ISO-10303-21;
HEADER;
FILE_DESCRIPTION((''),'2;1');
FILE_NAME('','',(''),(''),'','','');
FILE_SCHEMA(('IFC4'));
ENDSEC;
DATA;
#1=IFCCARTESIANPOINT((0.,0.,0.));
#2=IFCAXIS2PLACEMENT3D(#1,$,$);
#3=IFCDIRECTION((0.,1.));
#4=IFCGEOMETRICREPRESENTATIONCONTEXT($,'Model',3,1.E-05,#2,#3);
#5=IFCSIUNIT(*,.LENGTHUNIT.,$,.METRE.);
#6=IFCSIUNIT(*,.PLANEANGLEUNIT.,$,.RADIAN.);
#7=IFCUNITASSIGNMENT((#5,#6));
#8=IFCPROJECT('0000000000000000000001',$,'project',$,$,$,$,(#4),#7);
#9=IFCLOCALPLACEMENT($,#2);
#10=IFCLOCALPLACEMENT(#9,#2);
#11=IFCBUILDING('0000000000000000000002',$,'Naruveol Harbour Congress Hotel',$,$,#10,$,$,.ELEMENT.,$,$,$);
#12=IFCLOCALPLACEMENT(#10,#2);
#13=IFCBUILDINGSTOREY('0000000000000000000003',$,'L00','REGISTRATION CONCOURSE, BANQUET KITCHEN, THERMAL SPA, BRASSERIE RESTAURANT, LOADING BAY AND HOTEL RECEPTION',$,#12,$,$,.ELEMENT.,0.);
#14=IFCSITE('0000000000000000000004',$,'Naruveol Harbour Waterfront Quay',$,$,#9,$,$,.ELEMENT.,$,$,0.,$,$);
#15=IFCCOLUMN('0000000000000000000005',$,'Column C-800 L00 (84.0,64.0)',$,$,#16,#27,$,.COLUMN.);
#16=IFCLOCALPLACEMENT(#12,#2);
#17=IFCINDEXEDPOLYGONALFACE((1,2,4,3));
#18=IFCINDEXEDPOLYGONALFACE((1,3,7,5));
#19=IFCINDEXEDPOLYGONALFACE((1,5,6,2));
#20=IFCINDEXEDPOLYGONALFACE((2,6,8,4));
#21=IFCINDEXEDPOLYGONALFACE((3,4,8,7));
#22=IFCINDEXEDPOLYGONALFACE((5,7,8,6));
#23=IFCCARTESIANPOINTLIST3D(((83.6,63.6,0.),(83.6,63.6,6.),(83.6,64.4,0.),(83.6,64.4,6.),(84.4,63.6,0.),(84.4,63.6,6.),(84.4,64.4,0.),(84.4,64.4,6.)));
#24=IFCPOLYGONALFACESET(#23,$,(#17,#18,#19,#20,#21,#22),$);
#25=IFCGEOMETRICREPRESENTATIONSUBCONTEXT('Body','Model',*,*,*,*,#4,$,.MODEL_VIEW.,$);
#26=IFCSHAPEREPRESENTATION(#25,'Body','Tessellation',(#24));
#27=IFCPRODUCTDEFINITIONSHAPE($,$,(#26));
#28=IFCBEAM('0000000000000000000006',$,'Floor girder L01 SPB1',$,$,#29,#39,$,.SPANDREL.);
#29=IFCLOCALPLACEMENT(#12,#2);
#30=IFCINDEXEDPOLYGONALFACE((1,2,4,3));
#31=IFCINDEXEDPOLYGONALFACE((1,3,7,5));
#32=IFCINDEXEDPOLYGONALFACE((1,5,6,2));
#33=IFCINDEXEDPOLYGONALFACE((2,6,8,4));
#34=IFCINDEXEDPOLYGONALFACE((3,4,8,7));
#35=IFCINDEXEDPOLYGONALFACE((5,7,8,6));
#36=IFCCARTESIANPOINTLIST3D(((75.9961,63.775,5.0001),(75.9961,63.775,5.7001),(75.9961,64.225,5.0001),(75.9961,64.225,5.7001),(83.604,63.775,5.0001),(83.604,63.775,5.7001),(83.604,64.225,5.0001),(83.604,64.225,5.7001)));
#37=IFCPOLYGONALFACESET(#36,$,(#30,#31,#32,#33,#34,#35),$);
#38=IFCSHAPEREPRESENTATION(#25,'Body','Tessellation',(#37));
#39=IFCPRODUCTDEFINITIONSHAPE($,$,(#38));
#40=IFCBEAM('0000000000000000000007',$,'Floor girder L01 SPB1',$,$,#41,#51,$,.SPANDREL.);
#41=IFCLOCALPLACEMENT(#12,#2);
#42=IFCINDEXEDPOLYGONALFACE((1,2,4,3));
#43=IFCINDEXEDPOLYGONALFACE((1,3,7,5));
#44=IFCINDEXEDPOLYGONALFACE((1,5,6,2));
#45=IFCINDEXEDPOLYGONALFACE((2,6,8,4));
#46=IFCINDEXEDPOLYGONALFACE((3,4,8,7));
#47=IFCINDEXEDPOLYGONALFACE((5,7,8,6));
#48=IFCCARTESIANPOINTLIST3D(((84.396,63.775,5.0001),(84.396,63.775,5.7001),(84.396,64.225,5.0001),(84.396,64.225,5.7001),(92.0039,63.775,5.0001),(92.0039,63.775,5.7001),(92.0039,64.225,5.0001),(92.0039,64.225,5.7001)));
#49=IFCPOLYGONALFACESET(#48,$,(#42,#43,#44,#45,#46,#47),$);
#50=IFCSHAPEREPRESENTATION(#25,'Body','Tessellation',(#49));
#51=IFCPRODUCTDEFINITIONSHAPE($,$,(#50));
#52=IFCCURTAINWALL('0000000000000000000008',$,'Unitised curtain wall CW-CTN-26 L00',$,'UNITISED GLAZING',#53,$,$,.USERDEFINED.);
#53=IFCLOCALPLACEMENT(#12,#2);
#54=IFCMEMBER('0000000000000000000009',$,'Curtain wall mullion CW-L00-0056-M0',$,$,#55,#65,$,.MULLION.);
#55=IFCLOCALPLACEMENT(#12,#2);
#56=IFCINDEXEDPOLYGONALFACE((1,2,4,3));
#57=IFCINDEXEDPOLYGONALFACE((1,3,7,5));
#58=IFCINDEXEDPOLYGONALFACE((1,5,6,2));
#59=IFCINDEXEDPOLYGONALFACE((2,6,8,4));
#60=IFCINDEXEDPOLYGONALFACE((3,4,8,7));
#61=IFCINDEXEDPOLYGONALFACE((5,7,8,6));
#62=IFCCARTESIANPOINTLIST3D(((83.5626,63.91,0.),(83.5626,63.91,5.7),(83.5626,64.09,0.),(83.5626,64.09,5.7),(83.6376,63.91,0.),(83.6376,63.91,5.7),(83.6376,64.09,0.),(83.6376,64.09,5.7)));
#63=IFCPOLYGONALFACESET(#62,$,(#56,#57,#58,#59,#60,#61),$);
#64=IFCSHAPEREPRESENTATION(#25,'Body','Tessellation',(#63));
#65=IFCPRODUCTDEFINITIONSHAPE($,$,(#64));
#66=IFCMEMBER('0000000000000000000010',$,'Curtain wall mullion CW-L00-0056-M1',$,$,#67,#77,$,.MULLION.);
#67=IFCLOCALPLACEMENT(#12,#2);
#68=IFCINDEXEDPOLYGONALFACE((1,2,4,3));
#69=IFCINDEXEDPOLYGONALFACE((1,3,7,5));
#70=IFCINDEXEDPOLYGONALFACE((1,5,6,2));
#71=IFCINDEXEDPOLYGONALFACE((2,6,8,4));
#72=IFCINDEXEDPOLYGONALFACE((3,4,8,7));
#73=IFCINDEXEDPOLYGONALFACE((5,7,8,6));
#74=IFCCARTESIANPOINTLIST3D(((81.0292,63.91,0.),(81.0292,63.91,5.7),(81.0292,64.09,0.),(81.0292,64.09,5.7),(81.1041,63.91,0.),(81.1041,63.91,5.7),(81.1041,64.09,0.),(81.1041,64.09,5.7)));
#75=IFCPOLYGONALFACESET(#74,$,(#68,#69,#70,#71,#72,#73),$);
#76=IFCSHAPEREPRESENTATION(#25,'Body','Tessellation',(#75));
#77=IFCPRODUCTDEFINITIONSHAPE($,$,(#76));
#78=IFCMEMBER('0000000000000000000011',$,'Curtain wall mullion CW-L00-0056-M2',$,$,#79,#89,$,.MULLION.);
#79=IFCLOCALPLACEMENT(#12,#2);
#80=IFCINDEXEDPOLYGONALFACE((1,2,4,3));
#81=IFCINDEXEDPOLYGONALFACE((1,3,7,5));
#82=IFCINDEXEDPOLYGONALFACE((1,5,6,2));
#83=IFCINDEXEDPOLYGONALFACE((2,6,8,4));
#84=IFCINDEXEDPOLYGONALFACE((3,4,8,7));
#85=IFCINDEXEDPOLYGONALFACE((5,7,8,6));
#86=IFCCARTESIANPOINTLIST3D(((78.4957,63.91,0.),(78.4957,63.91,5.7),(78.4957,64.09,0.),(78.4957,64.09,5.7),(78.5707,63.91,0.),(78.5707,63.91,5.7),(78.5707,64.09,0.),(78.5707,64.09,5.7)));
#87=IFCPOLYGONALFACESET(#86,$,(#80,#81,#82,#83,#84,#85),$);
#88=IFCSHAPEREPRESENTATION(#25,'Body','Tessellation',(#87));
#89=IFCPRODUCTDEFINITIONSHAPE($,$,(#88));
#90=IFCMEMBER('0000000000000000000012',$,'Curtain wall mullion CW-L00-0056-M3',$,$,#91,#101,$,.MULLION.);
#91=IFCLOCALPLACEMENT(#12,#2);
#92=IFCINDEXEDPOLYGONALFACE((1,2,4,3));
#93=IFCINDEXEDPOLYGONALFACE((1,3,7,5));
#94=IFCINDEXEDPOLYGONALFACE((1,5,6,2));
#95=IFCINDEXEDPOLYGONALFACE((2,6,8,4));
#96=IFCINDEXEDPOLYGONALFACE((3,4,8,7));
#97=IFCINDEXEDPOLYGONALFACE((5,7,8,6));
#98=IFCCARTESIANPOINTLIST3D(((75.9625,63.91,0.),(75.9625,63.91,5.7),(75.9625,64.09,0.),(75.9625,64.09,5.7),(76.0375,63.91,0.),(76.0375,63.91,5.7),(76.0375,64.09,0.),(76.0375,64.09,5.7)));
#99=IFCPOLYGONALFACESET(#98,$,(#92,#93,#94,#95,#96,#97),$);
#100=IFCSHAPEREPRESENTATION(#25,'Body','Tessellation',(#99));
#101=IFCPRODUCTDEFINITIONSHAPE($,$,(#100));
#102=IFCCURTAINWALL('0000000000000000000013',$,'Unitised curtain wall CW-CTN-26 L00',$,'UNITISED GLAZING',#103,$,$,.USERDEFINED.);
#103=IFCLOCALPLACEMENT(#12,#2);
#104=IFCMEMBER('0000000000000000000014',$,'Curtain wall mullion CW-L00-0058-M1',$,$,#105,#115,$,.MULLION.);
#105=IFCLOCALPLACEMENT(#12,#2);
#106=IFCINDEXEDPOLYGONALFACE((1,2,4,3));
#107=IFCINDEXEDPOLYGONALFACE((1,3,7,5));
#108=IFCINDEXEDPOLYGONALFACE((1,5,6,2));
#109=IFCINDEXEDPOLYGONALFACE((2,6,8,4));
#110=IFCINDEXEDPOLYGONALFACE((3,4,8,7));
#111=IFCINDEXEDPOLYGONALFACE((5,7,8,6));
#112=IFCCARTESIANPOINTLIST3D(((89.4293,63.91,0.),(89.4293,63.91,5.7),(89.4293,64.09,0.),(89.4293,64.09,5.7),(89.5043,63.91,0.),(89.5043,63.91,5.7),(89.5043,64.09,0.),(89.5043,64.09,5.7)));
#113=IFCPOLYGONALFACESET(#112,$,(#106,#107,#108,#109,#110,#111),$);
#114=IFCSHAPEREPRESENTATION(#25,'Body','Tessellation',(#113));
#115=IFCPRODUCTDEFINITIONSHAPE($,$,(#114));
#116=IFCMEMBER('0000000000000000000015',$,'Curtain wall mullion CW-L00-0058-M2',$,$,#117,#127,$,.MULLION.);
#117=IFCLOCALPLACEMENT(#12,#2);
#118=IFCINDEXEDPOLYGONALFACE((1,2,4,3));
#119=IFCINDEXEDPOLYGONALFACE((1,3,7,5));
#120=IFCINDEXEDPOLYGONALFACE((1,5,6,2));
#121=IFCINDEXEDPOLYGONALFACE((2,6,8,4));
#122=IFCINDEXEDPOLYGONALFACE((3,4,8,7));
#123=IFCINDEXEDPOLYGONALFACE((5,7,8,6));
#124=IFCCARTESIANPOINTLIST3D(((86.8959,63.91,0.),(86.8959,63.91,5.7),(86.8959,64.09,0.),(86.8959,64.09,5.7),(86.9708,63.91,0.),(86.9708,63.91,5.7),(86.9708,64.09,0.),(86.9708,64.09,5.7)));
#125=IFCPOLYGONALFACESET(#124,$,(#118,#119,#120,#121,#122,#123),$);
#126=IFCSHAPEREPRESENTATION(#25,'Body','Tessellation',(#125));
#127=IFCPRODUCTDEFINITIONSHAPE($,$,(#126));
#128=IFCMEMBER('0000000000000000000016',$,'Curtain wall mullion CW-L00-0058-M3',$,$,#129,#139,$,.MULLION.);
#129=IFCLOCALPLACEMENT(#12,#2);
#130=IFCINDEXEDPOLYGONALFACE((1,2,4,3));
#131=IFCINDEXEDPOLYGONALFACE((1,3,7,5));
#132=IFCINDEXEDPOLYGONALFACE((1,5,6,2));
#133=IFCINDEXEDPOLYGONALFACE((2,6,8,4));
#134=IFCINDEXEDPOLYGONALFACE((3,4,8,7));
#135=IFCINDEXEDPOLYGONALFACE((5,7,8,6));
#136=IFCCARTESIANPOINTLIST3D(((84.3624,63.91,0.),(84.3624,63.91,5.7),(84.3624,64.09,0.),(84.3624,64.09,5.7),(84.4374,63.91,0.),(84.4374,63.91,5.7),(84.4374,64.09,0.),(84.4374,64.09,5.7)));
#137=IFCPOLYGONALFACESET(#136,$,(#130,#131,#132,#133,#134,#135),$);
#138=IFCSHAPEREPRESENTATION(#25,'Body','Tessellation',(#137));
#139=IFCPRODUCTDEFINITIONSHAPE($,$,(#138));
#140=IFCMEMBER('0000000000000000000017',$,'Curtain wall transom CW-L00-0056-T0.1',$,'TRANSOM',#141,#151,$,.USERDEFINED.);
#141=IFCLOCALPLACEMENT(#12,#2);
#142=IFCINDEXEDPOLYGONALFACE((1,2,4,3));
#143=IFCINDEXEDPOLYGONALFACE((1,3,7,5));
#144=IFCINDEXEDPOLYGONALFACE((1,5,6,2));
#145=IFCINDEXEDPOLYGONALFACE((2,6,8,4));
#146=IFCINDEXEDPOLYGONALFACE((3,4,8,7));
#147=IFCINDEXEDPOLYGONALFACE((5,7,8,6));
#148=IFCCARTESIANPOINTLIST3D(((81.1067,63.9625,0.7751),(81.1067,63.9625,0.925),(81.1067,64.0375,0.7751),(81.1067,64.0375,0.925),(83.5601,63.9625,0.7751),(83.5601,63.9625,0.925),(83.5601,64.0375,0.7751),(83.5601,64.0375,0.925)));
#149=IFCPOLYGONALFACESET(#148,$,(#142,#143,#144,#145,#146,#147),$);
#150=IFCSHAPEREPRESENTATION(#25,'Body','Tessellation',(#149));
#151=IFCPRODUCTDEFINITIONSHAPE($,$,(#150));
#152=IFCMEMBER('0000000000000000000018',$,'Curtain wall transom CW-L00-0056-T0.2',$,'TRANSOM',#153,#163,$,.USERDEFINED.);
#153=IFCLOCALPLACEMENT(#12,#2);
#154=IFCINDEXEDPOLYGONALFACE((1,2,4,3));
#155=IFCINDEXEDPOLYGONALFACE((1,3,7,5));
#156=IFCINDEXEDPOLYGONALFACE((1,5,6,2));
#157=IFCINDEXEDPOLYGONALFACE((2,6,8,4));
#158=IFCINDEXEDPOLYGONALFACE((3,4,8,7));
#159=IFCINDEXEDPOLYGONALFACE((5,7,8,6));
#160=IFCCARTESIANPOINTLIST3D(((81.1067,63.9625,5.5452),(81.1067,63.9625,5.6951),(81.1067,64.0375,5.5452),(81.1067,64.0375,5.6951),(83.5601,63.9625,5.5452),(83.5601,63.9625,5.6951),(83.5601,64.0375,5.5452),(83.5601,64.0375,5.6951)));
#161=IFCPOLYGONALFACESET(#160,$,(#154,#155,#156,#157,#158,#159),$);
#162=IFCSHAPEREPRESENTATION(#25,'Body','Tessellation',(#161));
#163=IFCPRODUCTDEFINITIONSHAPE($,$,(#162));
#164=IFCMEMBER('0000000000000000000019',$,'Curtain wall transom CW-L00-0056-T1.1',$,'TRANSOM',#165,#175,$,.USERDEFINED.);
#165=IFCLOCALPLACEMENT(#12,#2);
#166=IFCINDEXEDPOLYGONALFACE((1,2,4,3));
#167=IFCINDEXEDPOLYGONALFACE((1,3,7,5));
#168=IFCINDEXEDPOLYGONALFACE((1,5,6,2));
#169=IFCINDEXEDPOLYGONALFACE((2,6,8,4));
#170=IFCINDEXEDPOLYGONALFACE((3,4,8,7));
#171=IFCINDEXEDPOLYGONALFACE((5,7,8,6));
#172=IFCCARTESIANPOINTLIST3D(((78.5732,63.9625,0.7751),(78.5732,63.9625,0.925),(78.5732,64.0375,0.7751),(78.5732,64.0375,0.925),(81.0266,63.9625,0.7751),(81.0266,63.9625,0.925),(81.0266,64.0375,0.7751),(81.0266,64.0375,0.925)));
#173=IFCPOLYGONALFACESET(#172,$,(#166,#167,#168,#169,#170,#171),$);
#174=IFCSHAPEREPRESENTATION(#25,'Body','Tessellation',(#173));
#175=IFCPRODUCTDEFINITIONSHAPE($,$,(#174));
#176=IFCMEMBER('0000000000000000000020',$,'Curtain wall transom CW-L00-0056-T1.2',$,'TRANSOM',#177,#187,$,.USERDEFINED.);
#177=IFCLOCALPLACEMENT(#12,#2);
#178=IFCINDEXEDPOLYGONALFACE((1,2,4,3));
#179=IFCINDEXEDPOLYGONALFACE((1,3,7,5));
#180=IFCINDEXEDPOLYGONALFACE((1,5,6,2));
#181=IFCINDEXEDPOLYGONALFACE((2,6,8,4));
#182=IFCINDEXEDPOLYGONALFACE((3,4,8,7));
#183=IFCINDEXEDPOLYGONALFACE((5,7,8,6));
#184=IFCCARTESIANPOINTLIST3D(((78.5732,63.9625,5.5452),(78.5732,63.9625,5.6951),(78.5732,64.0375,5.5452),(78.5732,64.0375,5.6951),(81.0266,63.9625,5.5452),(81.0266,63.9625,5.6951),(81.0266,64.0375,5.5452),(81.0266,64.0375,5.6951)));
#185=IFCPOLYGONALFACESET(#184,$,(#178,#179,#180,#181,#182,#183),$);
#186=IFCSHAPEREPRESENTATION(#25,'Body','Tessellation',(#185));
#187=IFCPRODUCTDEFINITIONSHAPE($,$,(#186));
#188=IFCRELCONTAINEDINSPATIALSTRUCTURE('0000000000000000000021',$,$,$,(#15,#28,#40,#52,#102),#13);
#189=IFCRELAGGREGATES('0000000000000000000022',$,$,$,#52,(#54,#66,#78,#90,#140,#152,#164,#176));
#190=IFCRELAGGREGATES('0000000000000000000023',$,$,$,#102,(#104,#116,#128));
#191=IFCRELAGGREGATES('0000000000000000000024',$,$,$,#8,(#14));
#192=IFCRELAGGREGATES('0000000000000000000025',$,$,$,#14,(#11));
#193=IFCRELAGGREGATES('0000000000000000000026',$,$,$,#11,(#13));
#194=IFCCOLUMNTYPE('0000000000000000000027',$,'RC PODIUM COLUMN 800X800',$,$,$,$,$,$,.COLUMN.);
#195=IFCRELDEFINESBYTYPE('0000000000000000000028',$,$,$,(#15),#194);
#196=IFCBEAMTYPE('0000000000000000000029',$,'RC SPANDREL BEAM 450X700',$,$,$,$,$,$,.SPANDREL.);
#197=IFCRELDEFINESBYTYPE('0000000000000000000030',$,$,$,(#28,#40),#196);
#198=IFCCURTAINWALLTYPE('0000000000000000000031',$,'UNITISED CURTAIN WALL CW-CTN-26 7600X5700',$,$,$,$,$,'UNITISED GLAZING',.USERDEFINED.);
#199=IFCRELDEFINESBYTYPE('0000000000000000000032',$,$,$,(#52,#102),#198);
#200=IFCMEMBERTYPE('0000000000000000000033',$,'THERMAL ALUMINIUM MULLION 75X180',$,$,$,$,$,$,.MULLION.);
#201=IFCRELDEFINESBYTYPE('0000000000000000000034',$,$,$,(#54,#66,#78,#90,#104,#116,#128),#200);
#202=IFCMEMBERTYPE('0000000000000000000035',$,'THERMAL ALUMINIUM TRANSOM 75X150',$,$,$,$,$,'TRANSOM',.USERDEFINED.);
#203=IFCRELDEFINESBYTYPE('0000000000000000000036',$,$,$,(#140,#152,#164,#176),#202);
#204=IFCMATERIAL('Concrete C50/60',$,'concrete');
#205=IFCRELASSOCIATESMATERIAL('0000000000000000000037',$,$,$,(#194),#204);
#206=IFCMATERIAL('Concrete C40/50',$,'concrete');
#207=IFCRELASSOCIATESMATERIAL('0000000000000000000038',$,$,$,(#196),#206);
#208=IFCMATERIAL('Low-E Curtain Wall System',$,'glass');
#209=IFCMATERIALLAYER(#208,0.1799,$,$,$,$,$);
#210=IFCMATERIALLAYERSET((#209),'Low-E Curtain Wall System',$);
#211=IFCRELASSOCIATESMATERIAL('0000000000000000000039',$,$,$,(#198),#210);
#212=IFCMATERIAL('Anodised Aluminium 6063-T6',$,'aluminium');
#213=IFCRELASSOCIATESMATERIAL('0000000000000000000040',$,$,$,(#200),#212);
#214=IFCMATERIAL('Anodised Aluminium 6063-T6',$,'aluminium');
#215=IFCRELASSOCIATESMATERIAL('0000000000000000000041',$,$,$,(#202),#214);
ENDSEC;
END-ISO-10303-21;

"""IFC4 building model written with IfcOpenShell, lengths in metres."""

from ifc_helpers import new_model, si_unit, direction, frame, origin, origin_2d, place, context, subcontext, project, spatial, rectangle, extrude, material, layer, layer_set, material_profile, profile_set, type_object, element, aggregate, save


model = new_model("IFC4")

# Units and contexts
model_context = context("Model", 3, precision=1e-05, world=origin(), true_north=direction((0.0, 1.0)))
body_context = subcontext(model_context, "Body", "Model", "MODEL_VIEW")
ifc_project = project(units=[si_unit("LENGTHUNIT", "METRE"), si_unit("PLANEANGLEUNIT", "RADIAN")], contexts=[model_context])

# Site, building, storey
site_placement = place(None, origin())
site = spatial("IfcSite", under=ifc_project, at=site_placement, Name="Naruveol Harbour Waterfront Quay", CompositionType="ELEMENT", RefElevation=0.0)
building_placement = place(site_placement, origin())
building = spatial("IfcBuilding", under=site, at=building_placement, Name="Naruveol Harbour Congress Hotel", CompositionType="ELEMENT")
storey_placement = place(building_placement, origin())
storey = spatial("IfcBuildingStorey", under=building, at=storey_placement, Name="L00", Description="REGISTRATION CONCOURSE, BANQUET KITCHEN, THERMAL SPA, BRASSERIE RESTAURANT, LOADING BAY AND HOTEL RECEPTION", CompositionType="ELEMENT", Elevation=0.0)

# Column
ifc_material_1 = material(Name="Concrete C50/60", Category="concrete")
ifc_material_profile_1 = material_profile(ifc_material_1, rectangle(XDim=0.8, YDim=0.8, at=origin_2d()), Name="RC-800x800")
ifc_profile_set_1 = profile_set([ifc_material_profile_1], Name="Concrete C50/60")
column_type = type_object("IfcColumnType", Name="RC PODIUM COLUMN 800X800", PredefinedType="COLUMN", material=ifc_profile_set_1)
column_placement = place(storey_placement, frame((84.0, 64.0, 0.0), z_axis=(0.0, 0.0, 1.0), x_axis=(1.0, 0.0, 0.0)))
element("IfcColumn", 1, at=column_placement, inside=storey, type_object=column_type, Name="Column C-800 L00 (84.0,64.0)", PredefinedType="COLUMN", context=body_context, shape_type="SweptSolid", body=[
    extrude(rectangle(XDim=0.8, YDim=0.8, at=origin_2d()), origin(), (0.0, 0.0, 1.0), 6.0),
])

# Beams
ifc_material_2 = material(Name="Concrete C40/50", Category="concrete")
ifc_material_profile_2 = material_profile(ifc_material_2, rectangle(XDim=0.45, YDim=0.7, at=origin_2d()), Name="RCB-450x700")
ifc_profile_set_2 = profile_set([ifc_material_profile_2], Name="Concrete C40/50")
beam_type = type_object("IfcBeamType", Name="RC SPANDREL BEAM 450X700", PredefinedType="SPANDREL", material=ifc_profile_set_2)
for number, where, z_axis, x_axis, name in (
    (2, (75.9961, 64.0, 5.3501), (1.0, 0.0, 0.0), (0.0, 1.0, 0.0), "Floor girder L01 SPB1"),
    (3, (84.396, 64.0, 5.3501), (1.0, 0.0, 0.0), (0.0, 1.0, 0.0), "Floor girder L01 SPB1"),
):
    element("IfcBeam", number, at=place(storey_placement, frame(where, z_axis=z_axis, x_axis=x_axis)), inside=storey, type_object=beam_type, Name=name, PredefinedType="SPANDREL", context=body_context, shape_type="SweptSolid", body=[
        extrude(rectangle(XDim=0.45, YDim=0.7, at=origin_2d()), origin(), (0.0, 0.0, 1.0), 7.6079),
    ])

# Curtain walls, members
ifc_material_3 = material(Name="Low-E Curtain Wall System", Category="glass")
ifc_layer_1 = layer(ifc_material_3, 0.1799)
ifc_layer_set_1 = layer_set([ifc_layer_1], Name="Low-E Curtain Wall System")
curtain_wall_type = type_object("IfcCurtainWallType", Name="UNITISED CURTAIN WALL CW-CTN-26 7600X5700", ElementType="UNITISED GLAZING", PredefinedType="USERDEFINED", material=ifc_layer_set_1)
curtain_wall_1_placement = place(storey_placement, origin())
curtain_wall_1 = element("IfcCurtainWall", 4, at=curtain_wall_1_placement, inside=storey, type_object=curtain_wall_type, Name="Unitised curtain wall CW-CTN-26 L00", ObjectType="UNITISED GLAZING", PredefinedType="USERDEFINED")
ifc_material_4 = material(Name="Anodised Aluminium 6063-T6", Category="aluminium")
ifc_material_profile_3 = material_profile(ifc_material_4, rectangle(XDim=0.075, YDim=0.1799, at=origin_2d()), Name="ALU-75x180")
ifc_profile_set_3 = profile_set([ifc_material_profile_3], Name="Anodised Aluminium 6063-T6")
member_type_1 = type_object("IfcMemberType", Name="THERMAL ALUMINIUM MULLION 75X180", PredefinedType="MULLION", material=ifc_profile_set_3)
member_1_placement = place(storey_placement, frame((83.6001, 64.0, 0.0), z_axis=(0.0, 0.0, 1.0), x_axis=(1.0, 0.0, 0.0)))
member_1 = element("IfcMember", 5, at=member_1_placement, type_object=member_type_1, Name="Curtain wall mullion CW-L00-0056-M0", PredefinedType="MULLION", context=body_context, shape_type="SweptSolid", body=[
    extrude(rectangle(XDim=0.075, YDim=0.1799, at=origin_2d()), origin(), (0.0, 0.0, 1.0), 5.7),
])
member_2_placement = place(storey_placement, frame((81.0667, 64.0, 0.0), z_axis=(0.0, 0.0, 1.0), x_axis=(1.0, 0.0, 0.0)))
member_2 = element("IfcMember", 6, at=member_2_placement, type_object=member_type_1, Name="Curtain wall mullion CW-L00-0056-M1", PredefinedType="MULLION", context=body_context, shape_type="SweptSolid", body=[
    extrude(rectangle(XDim=0.075, YDim=0.1799, at=origin_2d()), origin(), (0.0, 0.0, 1.0), 5.7),
])
member_3_placement = place(storey_placement, frame((78.5332, 64.0, 0.0), z_axis=(0.0, 0.0, 1.0), x_axis=(1.0, 0.0, 0.0)))
member_3 = element("IfcMember", 7, at=member_3_placement, type_object=member_type_1, Name="Curtain wall mullion CW-L00-0056-M2", PredefinedType="MULLION", context=body_context, shape_type="SweptSolid", body=[
    extrude(rectangle(XDim=0.075, YDim=0.1799, at=origin_2d()), origin(), (0.0, 0.0, 1.0), 5.7),
])
member_4_placement = place(storey_placement, frame((76.0, 64.0, 0.0), z_axis=(0.0, 0.0, 1.0), x_axis=(1.0, 0.0, 0.0)))
member_4 = element("IfcMember", 8, at=member_4_placement, type_object=member_type_1, Name="Curtain wall mullion CW-L00-0056-M3", PredefinedType="MULLION", context=body_context, shape_type="SweptSolid", body=[
    extrude(rectangle(XDim=0.075, YDim=0.1799, at=origin_2d()), origin(), (0.0, 0.0, 1.0), 5.7),
])
curtain_wall_2_placement = place(storey_placement, origin())
curtain_wall_2 = element("IfcCurtainWall", 9, at=curtain_wall_2_placement, inside=storey, type_object=curtain_wall_type, Name="Unitised curtain wall CW-CTN-26 L00", ObjectType="UNITISED GLAZING", PredefinedType="USERDEFINED")
member_5_placement = place(storey_placement, frame((89.4668, 64.0, 0.0), z_axis=(0.0, 0.0, 1.0), x_axis=(1.0, 0.0, 0.0)))
member_5 = element("IfcMember", 10, at=member_5_placement, type_object=member_type_1, Name="Curtain wall mullion CW-L00-0058-M1", PredefinedType="MULLION", context=body_context, shape_type="SweptSolid", body=[
    extrude(rectangle(XDim=0.075, YDim=0.1799, at=origin_2d()), origin(), (0.0, 0.0, 1.0), 5.7),
])
member_6_placement = place(storey_placement, frame((86.9333, 64.0, 0.0), z_axis=(0.0, 0.0, 1.0), x_axis=(1.0, 0.0, 0.0)))
member_6 = element("IfcMember", 11, at=member_6_placement, type_object=member_type_1, Name="Curtain wall mullion CW-L00-0058-M2", PredefinedType="MULLION", context=body_context, shape_type="SweptSolid", body=[
    extrude(rectangle(XDim=0.075, YDim=0.1799, at=origin_2d()), origin(), (0.0, 0.0, 1.0), 5.7),
])
member_7_placement = place(storey_placement, frame((84.3999, 64.0, 0.0), z_axis=(0.0, 0.0, 1.0), x_axis=(1.0, 0.0, 0.0)))
member_7 = element("IfcMember", 12, at=member_7_placement, type_object=member_type_1, Name="Curtain wall mullion CW-L00-0058-M3", PredefinedType="MULLION", context=body_context, shape_type="SweptSolid", body=[
    extrude(rectangle(XDim=0.075, YDim=0.1799, at=origin_2d()), origin(), (0.0, 0.0, 1.0), 5.7),
])

# Members
ifc_material_5 = material(Name="Anodised Aluminium 6063-T6", Category="aluminium")
ifc_material_profile_4 = material_profile(ifc_material_5, rectangle(XDim=0.075, YDim=0.1499, at=origin_2d()), Name="ALU-75x150")
ifc_profile_set_4 = profile_set([ifc_material_profile_4], Name="Anodised Aluminium 6063-T6")
member_type_2 = type_object("IfcMemberType", Name="THERMAL ALUMINIUM TRANSOM 75X150", ElementType="TRANSOM", PredefinedType="USERDEFINED", material=ifc_profile_set_4)
member_8_placement = place(storey_placement, frame((83.5601, 64.0, 0.8501), z_axis=(-1.0, 0.0, 0.0), x_axis=(0.0, -1.0, 0.0)))
member_8 = element("IfcMember", 13, at=member_8_placement, type_object=member_type_2, Name="Curtain wall transom CW-L00-0056-T0.1", ObjectType="TRANSOM", PredefinedType="USERDEFINED", context=body_context, shape_type="SweptSolid", body=[
    extrude(rectangle(XDim=0.075, YDim=0.1499, at=origin_2d()), origin(), (0.0, 0.0, 1.0), 2.4534),
])
member_9_placement = place(storey_placement, frame((83.5601, 64.0, 5.6201), z_axis=(-1.0, 0.0, 0.0), x_axis=(0.0, -1.0, 0.0)))
member_9 = element("IfcMember", 14, at=member_9_placement, type_object=member_type_2, Name="Curtain wall transom CW-L00-0056-T0.2", ObjectType="TRANSOM", PredefinedType="USERDEFINED", context=body_context, shape_type="SweptSolid", body=[
    extrude(rectangle(XDim=0.075, YDim=0.1499, at=origin_2d()), origin(), (0.0, 0.0, 1.0), 2.4534),
])
member_10_placement = place(storey_placement, frame((81.0266, 64.0, 0.8501), z_axis=(-1.0, 0.0, 0.0), x_axis=(0.0, -1.0, 0.0)))
member_10 = element("IfcMember", 15, at=member_10_placement, type_object=member_type_2, Name="Curtain wall transom CW-L00-0056-T1.1", ObjectType="TRANSOM", PredefinedType="USERDEFINED", context=body_context, shape_type="SweptSolid", body=[
    extrude(rectangle(XDim=0.075, YDim=0.1499, at=origin_2d()), origin(), (0.0, 0.0, 1.0), 2.4534),
])
member_11_placement = place(storey_placement, frame((81.0266, 64.0, 5.6201), z_axis=(-1.0, 0.0, 0.0), x_axis=(0.0, -1.0, 0.0)))
member_11 = element("IfcMember", 16, at=member_11_placement, type_object=member_type_2, Name="Curtain wall transom CW-L00-0056-T1.2", ObjectType="TRANSOM", PredefinedType="USERDEFINED", context=body_context, shape_type="SweptSolid", body=[
    extrude(rectangle(XDim=0.075, YDim=0.1499, at=origin_2d()), origin(), (0.0, 0.0, 1.0), 2.4534),
])

aggregate(curtain_wall_1, [member_1, member_2, member_3, member_4, member_8, member_9, member_10, member_11])
aggregate(curtain_wall_2, [member_5, member_6, member_7])

save(model, "model.ifc")
